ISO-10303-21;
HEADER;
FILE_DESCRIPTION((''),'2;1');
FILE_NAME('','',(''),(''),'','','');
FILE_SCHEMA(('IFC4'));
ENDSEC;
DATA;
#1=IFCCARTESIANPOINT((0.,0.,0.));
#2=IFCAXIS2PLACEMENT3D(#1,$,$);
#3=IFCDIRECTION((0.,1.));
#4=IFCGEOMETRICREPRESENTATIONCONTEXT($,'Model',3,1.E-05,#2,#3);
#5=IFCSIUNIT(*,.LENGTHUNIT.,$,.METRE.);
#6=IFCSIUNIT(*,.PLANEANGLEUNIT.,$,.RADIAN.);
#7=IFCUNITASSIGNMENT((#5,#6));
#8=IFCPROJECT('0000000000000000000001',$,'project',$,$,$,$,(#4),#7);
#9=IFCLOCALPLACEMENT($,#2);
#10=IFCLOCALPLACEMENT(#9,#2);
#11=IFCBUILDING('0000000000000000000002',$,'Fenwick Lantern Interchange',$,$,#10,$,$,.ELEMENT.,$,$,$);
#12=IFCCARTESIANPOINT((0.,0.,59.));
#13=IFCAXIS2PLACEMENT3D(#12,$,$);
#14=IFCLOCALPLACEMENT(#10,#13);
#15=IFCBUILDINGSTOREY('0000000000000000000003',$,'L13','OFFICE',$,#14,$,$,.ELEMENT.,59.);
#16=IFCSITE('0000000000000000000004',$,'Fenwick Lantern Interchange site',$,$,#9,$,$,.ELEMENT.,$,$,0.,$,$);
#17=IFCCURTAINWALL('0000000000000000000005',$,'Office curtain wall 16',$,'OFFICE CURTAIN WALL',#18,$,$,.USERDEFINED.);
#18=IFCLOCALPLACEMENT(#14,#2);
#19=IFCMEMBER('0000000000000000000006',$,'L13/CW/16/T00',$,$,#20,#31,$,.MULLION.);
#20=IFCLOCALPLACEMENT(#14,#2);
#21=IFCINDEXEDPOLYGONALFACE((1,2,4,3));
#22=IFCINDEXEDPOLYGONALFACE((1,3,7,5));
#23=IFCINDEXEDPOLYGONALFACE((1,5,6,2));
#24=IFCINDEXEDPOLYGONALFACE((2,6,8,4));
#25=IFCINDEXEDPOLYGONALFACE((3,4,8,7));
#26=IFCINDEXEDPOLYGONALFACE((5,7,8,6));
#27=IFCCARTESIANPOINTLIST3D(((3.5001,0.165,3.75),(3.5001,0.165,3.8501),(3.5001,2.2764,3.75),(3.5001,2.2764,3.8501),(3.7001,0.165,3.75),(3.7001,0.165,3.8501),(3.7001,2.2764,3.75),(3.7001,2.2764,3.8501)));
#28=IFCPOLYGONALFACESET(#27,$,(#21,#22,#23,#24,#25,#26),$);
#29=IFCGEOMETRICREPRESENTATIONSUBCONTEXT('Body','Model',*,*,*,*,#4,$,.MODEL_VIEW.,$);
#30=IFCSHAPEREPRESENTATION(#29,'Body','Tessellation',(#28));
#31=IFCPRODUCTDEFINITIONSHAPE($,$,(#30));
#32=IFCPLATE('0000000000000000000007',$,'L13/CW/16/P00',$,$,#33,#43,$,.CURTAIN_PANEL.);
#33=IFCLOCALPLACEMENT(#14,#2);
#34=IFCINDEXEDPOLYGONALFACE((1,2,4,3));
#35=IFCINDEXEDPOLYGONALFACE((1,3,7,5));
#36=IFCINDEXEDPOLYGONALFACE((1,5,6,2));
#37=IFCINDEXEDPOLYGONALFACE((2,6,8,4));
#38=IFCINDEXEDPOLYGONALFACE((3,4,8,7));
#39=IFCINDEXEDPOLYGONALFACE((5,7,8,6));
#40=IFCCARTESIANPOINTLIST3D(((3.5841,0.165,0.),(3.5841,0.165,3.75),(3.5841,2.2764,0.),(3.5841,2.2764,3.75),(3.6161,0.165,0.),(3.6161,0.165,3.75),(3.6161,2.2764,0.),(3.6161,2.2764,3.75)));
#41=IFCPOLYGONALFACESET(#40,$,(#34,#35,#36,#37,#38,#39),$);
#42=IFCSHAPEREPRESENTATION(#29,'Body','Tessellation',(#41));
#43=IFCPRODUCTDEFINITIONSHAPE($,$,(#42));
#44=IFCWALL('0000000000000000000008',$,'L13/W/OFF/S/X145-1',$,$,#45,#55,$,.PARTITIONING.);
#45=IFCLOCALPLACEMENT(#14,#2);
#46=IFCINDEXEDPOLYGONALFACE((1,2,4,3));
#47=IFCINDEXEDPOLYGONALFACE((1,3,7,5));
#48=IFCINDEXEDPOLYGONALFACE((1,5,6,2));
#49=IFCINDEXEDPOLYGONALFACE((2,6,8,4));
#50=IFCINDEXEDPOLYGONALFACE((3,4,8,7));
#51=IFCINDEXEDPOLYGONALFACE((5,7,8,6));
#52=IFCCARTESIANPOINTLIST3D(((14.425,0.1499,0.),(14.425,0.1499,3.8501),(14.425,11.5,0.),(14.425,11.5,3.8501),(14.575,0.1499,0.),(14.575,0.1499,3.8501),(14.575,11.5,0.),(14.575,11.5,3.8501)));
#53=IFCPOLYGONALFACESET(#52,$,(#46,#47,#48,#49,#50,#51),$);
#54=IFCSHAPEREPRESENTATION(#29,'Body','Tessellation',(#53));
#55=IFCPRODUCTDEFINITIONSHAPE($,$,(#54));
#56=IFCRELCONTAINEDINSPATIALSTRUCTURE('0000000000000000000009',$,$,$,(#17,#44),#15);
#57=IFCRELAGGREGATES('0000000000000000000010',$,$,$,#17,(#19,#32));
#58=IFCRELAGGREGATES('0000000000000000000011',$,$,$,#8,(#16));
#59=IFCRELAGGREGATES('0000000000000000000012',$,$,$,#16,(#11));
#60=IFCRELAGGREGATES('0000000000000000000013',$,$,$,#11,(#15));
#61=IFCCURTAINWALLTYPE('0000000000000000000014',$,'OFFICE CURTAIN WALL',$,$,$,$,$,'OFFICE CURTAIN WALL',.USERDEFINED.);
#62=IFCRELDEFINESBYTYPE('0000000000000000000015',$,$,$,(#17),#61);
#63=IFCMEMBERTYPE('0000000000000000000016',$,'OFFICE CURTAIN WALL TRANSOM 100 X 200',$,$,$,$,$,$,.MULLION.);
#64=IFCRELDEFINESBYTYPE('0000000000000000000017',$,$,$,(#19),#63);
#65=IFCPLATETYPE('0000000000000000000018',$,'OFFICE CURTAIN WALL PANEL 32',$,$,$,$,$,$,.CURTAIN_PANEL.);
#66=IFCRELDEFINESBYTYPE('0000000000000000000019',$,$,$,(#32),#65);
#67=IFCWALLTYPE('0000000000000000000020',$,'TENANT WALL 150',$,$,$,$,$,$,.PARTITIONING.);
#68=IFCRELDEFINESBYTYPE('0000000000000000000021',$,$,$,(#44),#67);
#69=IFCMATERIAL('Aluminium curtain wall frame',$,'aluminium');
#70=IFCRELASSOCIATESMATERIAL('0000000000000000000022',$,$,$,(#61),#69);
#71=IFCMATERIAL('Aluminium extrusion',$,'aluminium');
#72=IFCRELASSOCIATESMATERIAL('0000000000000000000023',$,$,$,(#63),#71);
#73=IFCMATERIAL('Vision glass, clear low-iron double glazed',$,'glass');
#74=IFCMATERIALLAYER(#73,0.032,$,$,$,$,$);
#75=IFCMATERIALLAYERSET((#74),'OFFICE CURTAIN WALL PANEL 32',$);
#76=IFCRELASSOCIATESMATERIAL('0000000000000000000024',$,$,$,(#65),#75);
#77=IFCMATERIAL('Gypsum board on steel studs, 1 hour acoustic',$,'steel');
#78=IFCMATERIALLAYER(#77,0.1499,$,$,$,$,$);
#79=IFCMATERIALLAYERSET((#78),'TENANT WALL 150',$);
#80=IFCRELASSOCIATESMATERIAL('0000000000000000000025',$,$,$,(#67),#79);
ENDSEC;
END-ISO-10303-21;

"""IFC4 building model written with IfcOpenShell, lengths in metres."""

from ifc_helpers import new_model, si_unit, direction, frame, frame_2d, origin, origin_2d, place, context, subcontext, project, spatial, rectangle, extrude, material, layer, layer_set, material_profile, profile_set, type_object, element, aggregate, save


model = new_model("IFC4")

# Units and contexts
model_context = context("Model", 3, precision=1e-05, world=origin(), true_north=direction((0.0, 1.0)))
body_context = subcontext(model_context, "Body", "Model", "MODEL_VIEW")
ifc_project = project(units=[si_unit("LENGTHUNIT", "METRE"), si_unit("PLANEANGLEUNIT", "RADIAN")], contexts=[model_context])

# Site, building, storey
site_placement = place(None, origin())
site = spatial("IfcSite", under=ifc_project, at=site_placement, Name="Fenwick Lantern Interchange site", CompositionType="ELEMENT", RefElevation=0.0)
building_placement = place(site_placement, origin())
building = spatial("IfcBuilding", under=site, at=building_placement, Name="Fenwick Lantern Interchange", CompositionType="ELEMENT")
storey_placement = place(building_placement, frame((0.0, 0.0, 59.0)))
storey = spatial("IfcBuildingStorey", under=building, at=storey_placement, Name="L13", Description="OFFICE", CompositionType="ELEMENT", Elevation=59.0)

# Curtain wall
ifc_material_1 = material(Name="Aluminium curtain wall frame", Category="aluminium")
curtain_wall_type = type_object("IfcCurtainWallType", Name="OFFICE CURTAIN WALL", ElementType="OFFICE CURTAIN WALL", PredefinedType="USERDEFINED", material=ifc_material_1)
ifc_material_2 = material(Name="Aluminium extrusion", Category="aluminium")
curtain_wall_1_placement = place(storey_placement, origin())
curtain_wall_1 = element("IfcCurtainWall", 1, at=curtain_wall_1_placement, inside=storey, type_object=curtain_wall_type, Name="Office curtain wall 16", ObjectType="OFFICE CURTAIN WALL", PredefinedType="USERDEFINED")

# Member
ifc_material_profile_1 = material_profile(ifc_material_2, rectangle(XDim=0.2, YDim=0.1001, at=origin_2d()), Name="OFFICE CURTAIN WALL TRANSOM 100 X 200")
ifc_profile_set_1 = profile_set([ifc_material_profile_1], Name="Aluminium extrusion")
member_type_1 = type_object("IfcMemberType", Name="OFFICE CURTAIN WALL TRANSOM 100 X 200", PredefinedType="MULLION", material=ifc_profile_set_1)
member_1_placement = place(storey_placement, frame((3.6001, 2.2764, 3.8), z_axis=(0.0, -1.0, 0.0), x_axis=(1.0, 0.0, 0.0)))
member_1 = element("IfcMember", 2, at=member_1_placement, type_object=member_type_1, Name="L13/CW/16/T00", PredefinedType="MULLION", context=body_context, shape_type="SweptSolid", body=[
    extrude(rectangle(XDim=0.2, YDim=0.1001, at=origin_2d()), origin(), (0.0, 0.0, 1.0), 2.1113),
])

# Plate
ifc_material_3 = material(Name="Vision glass, clear low-iron double glazed", Category="glass")
ifc_layer_1 = layer(ifc_material_3, 0.032)
ifc_layer_set_1 = layer_set([ifc_layer_1], Name="OFFICE CURTAIN WALL PANEL 32")
plate_type = type_object("IfcPlateType", Name="OFFICE CURTAIN WALL PANEL 32", PredefinedType="CURTAIN_PANEL", material=ifc_layer_set_1)
plate_1_placement = place(storey_placement, frame((3.6001, 1.2207, 0.0), z_axis=(0.0, 0.0, 1.0), x_axis=(0.0, -1.0, 0.0)))
plate_1 = element("IfcPlate", 3, at=plate_1_placement, type_object=plate_type, Name="L13/CW/16/P00", PredefinedType="CURTAIN_PANEL", context=body_context, shape_type="SweptSolid", body=[
    extrude(rectangle(XDim=2.1113, YDim=0.032, at=origin_2d()), origin(), (0.0, 0.0, 1.0), 3.75),
])
aggregate(curtain_wall_1, [member_1, plate_1])

# Wall
ifc_material_4 = material(Name="Gypsum board on steel studs, 1 hour acoustic", Category="steel")
ifc_layer_2 = layer(ifc_material_4, 0.1499)
ifc_layer_set_2 = layer_set([ifc_layer_2], Name="TENANT WALL 150")
wall_type = type_object("IfcWallType", Name="TENANT WALL 150", PredefinedType="PARTITIONING", material=ifc_layer_set_2)
wall_placement = place(storey_placement, frame((14.5, 0.1499, 0.0), z_axis=(0.0, 0.0, 1.0), x_axis=(0.0, 1.0, 0.0)))
element("IfcWall", 4, at=wall_placement, inside=storey, type_object=wall_type, Name="L13/W/OFF/S/X145-1", PredefinedType="PARTITIONING", context=body_context, shape_type="SweptSolid", body=[
    extrude(rectangle(XDim=11.3501, YDim=0.1499, at=frame_2d((5.675, 0.0))), origin(), (0.0, 0.0, 1.0), 3.8501),
])

save(model, "model.ifc")
